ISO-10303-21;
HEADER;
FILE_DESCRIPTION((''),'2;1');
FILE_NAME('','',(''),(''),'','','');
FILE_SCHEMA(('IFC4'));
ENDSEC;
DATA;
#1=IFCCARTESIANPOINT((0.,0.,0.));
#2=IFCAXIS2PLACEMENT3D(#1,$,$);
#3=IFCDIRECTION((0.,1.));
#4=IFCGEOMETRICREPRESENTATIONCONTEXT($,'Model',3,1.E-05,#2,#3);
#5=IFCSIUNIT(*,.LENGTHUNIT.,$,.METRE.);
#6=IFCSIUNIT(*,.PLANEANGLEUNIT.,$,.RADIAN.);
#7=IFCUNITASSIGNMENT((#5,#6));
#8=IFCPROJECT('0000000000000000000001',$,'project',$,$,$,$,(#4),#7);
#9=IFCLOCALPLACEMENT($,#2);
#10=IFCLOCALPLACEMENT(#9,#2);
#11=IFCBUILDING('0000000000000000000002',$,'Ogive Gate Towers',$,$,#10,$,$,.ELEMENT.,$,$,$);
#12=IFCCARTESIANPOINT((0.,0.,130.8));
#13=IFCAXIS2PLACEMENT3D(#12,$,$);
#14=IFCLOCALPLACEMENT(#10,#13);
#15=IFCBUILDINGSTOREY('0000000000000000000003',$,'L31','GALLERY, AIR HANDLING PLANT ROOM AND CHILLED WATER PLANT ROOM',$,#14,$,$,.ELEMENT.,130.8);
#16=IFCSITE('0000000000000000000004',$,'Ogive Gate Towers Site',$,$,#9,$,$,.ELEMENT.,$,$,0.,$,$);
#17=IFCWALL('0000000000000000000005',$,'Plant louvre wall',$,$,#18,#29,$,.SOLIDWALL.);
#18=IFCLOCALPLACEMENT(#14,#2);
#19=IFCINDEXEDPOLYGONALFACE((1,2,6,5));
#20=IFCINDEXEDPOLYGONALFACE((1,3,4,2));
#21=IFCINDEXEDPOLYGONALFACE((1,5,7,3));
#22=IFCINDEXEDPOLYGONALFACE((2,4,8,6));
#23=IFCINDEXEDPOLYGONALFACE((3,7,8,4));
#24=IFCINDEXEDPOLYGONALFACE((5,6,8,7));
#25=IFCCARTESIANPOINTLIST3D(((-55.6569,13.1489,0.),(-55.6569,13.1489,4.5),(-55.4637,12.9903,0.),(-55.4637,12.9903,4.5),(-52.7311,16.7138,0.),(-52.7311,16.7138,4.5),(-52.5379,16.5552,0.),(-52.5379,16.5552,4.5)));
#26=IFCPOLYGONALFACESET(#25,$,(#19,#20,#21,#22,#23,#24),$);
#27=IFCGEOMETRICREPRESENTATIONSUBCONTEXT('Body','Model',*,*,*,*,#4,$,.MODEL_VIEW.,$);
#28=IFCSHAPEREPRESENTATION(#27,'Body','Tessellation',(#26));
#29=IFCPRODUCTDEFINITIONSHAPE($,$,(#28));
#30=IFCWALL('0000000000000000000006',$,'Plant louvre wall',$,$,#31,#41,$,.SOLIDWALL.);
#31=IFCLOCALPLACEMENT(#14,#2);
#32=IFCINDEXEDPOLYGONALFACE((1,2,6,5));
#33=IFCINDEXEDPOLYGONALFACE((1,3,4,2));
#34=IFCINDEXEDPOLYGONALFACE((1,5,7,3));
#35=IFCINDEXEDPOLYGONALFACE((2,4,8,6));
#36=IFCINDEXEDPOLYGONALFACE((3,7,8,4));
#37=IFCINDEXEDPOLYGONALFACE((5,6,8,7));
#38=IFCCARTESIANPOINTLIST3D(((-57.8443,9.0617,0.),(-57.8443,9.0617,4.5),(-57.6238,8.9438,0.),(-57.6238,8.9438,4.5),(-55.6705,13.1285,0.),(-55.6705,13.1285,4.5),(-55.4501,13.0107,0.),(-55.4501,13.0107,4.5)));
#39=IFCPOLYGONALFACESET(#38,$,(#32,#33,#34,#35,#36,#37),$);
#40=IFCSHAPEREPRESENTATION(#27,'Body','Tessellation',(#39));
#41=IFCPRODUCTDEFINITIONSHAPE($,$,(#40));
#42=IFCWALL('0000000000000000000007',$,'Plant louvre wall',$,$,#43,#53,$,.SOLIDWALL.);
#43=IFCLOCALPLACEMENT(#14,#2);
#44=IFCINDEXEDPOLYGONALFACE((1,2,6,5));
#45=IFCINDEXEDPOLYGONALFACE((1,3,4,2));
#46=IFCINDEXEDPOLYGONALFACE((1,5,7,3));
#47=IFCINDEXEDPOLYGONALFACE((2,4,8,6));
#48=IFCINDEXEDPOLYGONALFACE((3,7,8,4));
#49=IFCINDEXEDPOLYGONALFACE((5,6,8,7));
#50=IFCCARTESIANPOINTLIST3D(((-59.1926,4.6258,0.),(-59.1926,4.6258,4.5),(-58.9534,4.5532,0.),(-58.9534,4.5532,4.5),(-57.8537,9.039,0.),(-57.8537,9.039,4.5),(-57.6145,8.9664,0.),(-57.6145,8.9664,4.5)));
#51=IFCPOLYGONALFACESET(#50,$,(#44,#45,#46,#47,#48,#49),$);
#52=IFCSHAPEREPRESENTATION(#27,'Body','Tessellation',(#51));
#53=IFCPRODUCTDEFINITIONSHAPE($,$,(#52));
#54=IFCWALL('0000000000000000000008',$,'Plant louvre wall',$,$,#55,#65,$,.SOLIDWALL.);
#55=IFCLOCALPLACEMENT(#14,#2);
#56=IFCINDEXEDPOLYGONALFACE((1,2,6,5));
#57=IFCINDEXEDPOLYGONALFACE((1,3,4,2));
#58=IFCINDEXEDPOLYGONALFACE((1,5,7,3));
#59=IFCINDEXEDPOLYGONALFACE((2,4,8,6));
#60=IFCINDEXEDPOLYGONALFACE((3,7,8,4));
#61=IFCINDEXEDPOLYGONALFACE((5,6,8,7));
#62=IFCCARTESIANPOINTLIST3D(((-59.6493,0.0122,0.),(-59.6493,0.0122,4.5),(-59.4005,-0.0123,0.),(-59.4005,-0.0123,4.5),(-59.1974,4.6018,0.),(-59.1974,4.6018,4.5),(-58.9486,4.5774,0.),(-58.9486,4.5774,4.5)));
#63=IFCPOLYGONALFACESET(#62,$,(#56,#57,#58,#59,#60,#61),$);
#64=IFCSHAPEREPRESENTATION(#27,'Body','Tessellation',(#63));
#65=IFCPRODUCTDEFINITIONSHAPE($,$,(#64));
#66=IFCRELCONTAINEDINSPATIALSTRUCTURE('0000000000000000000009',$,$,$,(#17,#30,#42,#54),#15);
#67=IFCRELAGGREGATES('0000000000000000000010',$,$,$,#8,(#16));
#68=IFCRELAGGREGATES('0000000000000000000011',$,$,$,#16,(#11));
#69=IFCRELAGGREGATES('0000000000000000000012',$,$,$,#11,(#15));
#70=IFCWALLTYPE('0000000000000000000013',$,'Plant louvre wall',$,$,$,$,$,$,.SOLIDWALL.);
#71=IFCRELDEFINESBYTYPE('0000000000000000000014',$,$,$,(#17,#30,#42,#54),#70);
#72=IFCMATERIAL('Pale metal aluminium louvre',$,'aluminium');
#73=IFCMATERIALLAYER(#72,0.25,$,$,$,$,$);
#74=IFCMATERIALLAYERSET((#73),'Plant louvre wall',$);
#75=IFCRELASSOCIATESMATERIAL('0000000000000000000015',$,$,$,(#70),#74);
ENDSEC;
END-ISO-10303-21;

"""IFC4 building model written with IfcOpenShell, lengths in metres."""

from ifc_helpers import new_model, si_unit, direction, frame, frame_2d, origin, place, context, subcontext, project, spatial, rectangle, extrude, material, layer, layer_set, type_object, element, save


model = new_model("IFC4")

# Units and contexts
model_context = context("Model", 3, precision=1e-05, world=origin(), true_north=direction((0.0, 1.0)))
body_context = subcontext(model_context, "Body", "Model", "MODEL_VIEW")
ifc_project = project(units=[si_unit("LENGTHUNIT", "METRE"), si_unit("PLANEANGLEUNIT", "RADIAN")], contexts=[model_context])

# Site, building, storey
site_placement = place(None, origin())
site = spatial("IfcSite", under=ifc_project, at=site_placement, Name="Ogive Gate Towers Site", CompositionType="ELEMENT", RefElevation=0.0)
building_placement = place(site_placement, origin())
building = spatial("IfcBuilding", under=site, at=building_placement, Name="Ogive Gate Towers", CompositionType="ELEMENT")
storey_placement = place(building_placement, frame((0.0, 0.0, 130.8)))
storey = spatial("IfcBuildingStorey", under=building, at=storey_placement, Name="L31", Description="GALLERY, AIR HANDLING PLANT ROOM AND CHILLED WATER PLANT ROOM", CompositionType="ELEMENT", Elevation=130.8)

# Walls
ifc_material_1 = material(Name="Pale metal aluminium louvre", Category="aluminium")
ifc_layer_1 = layer(ifc_material_1, 0.25)
ifc_layer_set_1 = layer_set([ifc_layer_1], Name="Plant louvre wall")
wall_type_1 = type_object("IfcWallType", Name="Plant louvre wall", PredefinedType="SOLIDWALL", material=ifc_layer_set_1)
for number, where, z_axis, x_axis, name in (
    (1, (-52.6345, 16.6345, 0.0), (0.0, 0.0, 1.0), (-0.634407, -0.772999, 0.0), "Plant louvre wall"),
):
    element("IfcWall", number, at=place(storey_placement, frame(where, z_axis=z_axis, x_axis=x_axis)), inside=storey, type_object=wall_type_1, Name=name, PredefinedType="SOLIDWALL", context=body_context, shape_type="SweptSolid", body=[
        extrude(rectangle(XDim=4.6118, YDim=0.25, at=frame_2d((2.3059, 0.0))), origin(), (0.0, 0.0, 1.0), 4.5),
    ])
wall_1_placement = place(storey_placement, frame((-55.5603, 13.0696, 0.0), z_axis=(0.0, 0.0, 1.0), x_axis=(-0.471401, -0.881919, 0.0)))
element("IfcWall", 2, at=wall_1_placement, inside=storey, type_object=wall_type_1, Name="Plant louvre wall", PredefinedType="SOLIDWALL", context=body_context, shape_type="SweptSolid", body=[
    extrude(rectangle(XDim=4.6113, YDim=0.25, at=frame_2d((2.3057, 0.0))), origin(), (0.0, 0.0, 1.0), 4.5),
])
for number, where, z_axis, x_axis, name in (
    (3, (-57.7341, 9.0027, 0.0), (0.0, 0.0, 1.0), (-0.290319, -0.95693, 0.0), "Plant louvre wall"),
    (4, (-59.073, 4.5896, 0.0), (0.0, 0.0, 1.0), (-0.097989, -0.995188, 0.0), "Plant louvre wall"),
):
    element("IfcWall", number, at=place(storey_placement, frame(where, z_axis=z_axis, x_axis=x_axis)), inside=storey, type_object=wall_type_1, Name=name, PredefinedType="SOLIDWALL", context=body_context, shape_type="SweptSolid", body=[
        extrude(rectangle(XDim=4.6118, YDim=0.25, at=frame_2d((2.3059, 0.0))), origin(), (0.0, 0.0, 1.0), 4.5),
    ])

save(model, "model.ifc")
